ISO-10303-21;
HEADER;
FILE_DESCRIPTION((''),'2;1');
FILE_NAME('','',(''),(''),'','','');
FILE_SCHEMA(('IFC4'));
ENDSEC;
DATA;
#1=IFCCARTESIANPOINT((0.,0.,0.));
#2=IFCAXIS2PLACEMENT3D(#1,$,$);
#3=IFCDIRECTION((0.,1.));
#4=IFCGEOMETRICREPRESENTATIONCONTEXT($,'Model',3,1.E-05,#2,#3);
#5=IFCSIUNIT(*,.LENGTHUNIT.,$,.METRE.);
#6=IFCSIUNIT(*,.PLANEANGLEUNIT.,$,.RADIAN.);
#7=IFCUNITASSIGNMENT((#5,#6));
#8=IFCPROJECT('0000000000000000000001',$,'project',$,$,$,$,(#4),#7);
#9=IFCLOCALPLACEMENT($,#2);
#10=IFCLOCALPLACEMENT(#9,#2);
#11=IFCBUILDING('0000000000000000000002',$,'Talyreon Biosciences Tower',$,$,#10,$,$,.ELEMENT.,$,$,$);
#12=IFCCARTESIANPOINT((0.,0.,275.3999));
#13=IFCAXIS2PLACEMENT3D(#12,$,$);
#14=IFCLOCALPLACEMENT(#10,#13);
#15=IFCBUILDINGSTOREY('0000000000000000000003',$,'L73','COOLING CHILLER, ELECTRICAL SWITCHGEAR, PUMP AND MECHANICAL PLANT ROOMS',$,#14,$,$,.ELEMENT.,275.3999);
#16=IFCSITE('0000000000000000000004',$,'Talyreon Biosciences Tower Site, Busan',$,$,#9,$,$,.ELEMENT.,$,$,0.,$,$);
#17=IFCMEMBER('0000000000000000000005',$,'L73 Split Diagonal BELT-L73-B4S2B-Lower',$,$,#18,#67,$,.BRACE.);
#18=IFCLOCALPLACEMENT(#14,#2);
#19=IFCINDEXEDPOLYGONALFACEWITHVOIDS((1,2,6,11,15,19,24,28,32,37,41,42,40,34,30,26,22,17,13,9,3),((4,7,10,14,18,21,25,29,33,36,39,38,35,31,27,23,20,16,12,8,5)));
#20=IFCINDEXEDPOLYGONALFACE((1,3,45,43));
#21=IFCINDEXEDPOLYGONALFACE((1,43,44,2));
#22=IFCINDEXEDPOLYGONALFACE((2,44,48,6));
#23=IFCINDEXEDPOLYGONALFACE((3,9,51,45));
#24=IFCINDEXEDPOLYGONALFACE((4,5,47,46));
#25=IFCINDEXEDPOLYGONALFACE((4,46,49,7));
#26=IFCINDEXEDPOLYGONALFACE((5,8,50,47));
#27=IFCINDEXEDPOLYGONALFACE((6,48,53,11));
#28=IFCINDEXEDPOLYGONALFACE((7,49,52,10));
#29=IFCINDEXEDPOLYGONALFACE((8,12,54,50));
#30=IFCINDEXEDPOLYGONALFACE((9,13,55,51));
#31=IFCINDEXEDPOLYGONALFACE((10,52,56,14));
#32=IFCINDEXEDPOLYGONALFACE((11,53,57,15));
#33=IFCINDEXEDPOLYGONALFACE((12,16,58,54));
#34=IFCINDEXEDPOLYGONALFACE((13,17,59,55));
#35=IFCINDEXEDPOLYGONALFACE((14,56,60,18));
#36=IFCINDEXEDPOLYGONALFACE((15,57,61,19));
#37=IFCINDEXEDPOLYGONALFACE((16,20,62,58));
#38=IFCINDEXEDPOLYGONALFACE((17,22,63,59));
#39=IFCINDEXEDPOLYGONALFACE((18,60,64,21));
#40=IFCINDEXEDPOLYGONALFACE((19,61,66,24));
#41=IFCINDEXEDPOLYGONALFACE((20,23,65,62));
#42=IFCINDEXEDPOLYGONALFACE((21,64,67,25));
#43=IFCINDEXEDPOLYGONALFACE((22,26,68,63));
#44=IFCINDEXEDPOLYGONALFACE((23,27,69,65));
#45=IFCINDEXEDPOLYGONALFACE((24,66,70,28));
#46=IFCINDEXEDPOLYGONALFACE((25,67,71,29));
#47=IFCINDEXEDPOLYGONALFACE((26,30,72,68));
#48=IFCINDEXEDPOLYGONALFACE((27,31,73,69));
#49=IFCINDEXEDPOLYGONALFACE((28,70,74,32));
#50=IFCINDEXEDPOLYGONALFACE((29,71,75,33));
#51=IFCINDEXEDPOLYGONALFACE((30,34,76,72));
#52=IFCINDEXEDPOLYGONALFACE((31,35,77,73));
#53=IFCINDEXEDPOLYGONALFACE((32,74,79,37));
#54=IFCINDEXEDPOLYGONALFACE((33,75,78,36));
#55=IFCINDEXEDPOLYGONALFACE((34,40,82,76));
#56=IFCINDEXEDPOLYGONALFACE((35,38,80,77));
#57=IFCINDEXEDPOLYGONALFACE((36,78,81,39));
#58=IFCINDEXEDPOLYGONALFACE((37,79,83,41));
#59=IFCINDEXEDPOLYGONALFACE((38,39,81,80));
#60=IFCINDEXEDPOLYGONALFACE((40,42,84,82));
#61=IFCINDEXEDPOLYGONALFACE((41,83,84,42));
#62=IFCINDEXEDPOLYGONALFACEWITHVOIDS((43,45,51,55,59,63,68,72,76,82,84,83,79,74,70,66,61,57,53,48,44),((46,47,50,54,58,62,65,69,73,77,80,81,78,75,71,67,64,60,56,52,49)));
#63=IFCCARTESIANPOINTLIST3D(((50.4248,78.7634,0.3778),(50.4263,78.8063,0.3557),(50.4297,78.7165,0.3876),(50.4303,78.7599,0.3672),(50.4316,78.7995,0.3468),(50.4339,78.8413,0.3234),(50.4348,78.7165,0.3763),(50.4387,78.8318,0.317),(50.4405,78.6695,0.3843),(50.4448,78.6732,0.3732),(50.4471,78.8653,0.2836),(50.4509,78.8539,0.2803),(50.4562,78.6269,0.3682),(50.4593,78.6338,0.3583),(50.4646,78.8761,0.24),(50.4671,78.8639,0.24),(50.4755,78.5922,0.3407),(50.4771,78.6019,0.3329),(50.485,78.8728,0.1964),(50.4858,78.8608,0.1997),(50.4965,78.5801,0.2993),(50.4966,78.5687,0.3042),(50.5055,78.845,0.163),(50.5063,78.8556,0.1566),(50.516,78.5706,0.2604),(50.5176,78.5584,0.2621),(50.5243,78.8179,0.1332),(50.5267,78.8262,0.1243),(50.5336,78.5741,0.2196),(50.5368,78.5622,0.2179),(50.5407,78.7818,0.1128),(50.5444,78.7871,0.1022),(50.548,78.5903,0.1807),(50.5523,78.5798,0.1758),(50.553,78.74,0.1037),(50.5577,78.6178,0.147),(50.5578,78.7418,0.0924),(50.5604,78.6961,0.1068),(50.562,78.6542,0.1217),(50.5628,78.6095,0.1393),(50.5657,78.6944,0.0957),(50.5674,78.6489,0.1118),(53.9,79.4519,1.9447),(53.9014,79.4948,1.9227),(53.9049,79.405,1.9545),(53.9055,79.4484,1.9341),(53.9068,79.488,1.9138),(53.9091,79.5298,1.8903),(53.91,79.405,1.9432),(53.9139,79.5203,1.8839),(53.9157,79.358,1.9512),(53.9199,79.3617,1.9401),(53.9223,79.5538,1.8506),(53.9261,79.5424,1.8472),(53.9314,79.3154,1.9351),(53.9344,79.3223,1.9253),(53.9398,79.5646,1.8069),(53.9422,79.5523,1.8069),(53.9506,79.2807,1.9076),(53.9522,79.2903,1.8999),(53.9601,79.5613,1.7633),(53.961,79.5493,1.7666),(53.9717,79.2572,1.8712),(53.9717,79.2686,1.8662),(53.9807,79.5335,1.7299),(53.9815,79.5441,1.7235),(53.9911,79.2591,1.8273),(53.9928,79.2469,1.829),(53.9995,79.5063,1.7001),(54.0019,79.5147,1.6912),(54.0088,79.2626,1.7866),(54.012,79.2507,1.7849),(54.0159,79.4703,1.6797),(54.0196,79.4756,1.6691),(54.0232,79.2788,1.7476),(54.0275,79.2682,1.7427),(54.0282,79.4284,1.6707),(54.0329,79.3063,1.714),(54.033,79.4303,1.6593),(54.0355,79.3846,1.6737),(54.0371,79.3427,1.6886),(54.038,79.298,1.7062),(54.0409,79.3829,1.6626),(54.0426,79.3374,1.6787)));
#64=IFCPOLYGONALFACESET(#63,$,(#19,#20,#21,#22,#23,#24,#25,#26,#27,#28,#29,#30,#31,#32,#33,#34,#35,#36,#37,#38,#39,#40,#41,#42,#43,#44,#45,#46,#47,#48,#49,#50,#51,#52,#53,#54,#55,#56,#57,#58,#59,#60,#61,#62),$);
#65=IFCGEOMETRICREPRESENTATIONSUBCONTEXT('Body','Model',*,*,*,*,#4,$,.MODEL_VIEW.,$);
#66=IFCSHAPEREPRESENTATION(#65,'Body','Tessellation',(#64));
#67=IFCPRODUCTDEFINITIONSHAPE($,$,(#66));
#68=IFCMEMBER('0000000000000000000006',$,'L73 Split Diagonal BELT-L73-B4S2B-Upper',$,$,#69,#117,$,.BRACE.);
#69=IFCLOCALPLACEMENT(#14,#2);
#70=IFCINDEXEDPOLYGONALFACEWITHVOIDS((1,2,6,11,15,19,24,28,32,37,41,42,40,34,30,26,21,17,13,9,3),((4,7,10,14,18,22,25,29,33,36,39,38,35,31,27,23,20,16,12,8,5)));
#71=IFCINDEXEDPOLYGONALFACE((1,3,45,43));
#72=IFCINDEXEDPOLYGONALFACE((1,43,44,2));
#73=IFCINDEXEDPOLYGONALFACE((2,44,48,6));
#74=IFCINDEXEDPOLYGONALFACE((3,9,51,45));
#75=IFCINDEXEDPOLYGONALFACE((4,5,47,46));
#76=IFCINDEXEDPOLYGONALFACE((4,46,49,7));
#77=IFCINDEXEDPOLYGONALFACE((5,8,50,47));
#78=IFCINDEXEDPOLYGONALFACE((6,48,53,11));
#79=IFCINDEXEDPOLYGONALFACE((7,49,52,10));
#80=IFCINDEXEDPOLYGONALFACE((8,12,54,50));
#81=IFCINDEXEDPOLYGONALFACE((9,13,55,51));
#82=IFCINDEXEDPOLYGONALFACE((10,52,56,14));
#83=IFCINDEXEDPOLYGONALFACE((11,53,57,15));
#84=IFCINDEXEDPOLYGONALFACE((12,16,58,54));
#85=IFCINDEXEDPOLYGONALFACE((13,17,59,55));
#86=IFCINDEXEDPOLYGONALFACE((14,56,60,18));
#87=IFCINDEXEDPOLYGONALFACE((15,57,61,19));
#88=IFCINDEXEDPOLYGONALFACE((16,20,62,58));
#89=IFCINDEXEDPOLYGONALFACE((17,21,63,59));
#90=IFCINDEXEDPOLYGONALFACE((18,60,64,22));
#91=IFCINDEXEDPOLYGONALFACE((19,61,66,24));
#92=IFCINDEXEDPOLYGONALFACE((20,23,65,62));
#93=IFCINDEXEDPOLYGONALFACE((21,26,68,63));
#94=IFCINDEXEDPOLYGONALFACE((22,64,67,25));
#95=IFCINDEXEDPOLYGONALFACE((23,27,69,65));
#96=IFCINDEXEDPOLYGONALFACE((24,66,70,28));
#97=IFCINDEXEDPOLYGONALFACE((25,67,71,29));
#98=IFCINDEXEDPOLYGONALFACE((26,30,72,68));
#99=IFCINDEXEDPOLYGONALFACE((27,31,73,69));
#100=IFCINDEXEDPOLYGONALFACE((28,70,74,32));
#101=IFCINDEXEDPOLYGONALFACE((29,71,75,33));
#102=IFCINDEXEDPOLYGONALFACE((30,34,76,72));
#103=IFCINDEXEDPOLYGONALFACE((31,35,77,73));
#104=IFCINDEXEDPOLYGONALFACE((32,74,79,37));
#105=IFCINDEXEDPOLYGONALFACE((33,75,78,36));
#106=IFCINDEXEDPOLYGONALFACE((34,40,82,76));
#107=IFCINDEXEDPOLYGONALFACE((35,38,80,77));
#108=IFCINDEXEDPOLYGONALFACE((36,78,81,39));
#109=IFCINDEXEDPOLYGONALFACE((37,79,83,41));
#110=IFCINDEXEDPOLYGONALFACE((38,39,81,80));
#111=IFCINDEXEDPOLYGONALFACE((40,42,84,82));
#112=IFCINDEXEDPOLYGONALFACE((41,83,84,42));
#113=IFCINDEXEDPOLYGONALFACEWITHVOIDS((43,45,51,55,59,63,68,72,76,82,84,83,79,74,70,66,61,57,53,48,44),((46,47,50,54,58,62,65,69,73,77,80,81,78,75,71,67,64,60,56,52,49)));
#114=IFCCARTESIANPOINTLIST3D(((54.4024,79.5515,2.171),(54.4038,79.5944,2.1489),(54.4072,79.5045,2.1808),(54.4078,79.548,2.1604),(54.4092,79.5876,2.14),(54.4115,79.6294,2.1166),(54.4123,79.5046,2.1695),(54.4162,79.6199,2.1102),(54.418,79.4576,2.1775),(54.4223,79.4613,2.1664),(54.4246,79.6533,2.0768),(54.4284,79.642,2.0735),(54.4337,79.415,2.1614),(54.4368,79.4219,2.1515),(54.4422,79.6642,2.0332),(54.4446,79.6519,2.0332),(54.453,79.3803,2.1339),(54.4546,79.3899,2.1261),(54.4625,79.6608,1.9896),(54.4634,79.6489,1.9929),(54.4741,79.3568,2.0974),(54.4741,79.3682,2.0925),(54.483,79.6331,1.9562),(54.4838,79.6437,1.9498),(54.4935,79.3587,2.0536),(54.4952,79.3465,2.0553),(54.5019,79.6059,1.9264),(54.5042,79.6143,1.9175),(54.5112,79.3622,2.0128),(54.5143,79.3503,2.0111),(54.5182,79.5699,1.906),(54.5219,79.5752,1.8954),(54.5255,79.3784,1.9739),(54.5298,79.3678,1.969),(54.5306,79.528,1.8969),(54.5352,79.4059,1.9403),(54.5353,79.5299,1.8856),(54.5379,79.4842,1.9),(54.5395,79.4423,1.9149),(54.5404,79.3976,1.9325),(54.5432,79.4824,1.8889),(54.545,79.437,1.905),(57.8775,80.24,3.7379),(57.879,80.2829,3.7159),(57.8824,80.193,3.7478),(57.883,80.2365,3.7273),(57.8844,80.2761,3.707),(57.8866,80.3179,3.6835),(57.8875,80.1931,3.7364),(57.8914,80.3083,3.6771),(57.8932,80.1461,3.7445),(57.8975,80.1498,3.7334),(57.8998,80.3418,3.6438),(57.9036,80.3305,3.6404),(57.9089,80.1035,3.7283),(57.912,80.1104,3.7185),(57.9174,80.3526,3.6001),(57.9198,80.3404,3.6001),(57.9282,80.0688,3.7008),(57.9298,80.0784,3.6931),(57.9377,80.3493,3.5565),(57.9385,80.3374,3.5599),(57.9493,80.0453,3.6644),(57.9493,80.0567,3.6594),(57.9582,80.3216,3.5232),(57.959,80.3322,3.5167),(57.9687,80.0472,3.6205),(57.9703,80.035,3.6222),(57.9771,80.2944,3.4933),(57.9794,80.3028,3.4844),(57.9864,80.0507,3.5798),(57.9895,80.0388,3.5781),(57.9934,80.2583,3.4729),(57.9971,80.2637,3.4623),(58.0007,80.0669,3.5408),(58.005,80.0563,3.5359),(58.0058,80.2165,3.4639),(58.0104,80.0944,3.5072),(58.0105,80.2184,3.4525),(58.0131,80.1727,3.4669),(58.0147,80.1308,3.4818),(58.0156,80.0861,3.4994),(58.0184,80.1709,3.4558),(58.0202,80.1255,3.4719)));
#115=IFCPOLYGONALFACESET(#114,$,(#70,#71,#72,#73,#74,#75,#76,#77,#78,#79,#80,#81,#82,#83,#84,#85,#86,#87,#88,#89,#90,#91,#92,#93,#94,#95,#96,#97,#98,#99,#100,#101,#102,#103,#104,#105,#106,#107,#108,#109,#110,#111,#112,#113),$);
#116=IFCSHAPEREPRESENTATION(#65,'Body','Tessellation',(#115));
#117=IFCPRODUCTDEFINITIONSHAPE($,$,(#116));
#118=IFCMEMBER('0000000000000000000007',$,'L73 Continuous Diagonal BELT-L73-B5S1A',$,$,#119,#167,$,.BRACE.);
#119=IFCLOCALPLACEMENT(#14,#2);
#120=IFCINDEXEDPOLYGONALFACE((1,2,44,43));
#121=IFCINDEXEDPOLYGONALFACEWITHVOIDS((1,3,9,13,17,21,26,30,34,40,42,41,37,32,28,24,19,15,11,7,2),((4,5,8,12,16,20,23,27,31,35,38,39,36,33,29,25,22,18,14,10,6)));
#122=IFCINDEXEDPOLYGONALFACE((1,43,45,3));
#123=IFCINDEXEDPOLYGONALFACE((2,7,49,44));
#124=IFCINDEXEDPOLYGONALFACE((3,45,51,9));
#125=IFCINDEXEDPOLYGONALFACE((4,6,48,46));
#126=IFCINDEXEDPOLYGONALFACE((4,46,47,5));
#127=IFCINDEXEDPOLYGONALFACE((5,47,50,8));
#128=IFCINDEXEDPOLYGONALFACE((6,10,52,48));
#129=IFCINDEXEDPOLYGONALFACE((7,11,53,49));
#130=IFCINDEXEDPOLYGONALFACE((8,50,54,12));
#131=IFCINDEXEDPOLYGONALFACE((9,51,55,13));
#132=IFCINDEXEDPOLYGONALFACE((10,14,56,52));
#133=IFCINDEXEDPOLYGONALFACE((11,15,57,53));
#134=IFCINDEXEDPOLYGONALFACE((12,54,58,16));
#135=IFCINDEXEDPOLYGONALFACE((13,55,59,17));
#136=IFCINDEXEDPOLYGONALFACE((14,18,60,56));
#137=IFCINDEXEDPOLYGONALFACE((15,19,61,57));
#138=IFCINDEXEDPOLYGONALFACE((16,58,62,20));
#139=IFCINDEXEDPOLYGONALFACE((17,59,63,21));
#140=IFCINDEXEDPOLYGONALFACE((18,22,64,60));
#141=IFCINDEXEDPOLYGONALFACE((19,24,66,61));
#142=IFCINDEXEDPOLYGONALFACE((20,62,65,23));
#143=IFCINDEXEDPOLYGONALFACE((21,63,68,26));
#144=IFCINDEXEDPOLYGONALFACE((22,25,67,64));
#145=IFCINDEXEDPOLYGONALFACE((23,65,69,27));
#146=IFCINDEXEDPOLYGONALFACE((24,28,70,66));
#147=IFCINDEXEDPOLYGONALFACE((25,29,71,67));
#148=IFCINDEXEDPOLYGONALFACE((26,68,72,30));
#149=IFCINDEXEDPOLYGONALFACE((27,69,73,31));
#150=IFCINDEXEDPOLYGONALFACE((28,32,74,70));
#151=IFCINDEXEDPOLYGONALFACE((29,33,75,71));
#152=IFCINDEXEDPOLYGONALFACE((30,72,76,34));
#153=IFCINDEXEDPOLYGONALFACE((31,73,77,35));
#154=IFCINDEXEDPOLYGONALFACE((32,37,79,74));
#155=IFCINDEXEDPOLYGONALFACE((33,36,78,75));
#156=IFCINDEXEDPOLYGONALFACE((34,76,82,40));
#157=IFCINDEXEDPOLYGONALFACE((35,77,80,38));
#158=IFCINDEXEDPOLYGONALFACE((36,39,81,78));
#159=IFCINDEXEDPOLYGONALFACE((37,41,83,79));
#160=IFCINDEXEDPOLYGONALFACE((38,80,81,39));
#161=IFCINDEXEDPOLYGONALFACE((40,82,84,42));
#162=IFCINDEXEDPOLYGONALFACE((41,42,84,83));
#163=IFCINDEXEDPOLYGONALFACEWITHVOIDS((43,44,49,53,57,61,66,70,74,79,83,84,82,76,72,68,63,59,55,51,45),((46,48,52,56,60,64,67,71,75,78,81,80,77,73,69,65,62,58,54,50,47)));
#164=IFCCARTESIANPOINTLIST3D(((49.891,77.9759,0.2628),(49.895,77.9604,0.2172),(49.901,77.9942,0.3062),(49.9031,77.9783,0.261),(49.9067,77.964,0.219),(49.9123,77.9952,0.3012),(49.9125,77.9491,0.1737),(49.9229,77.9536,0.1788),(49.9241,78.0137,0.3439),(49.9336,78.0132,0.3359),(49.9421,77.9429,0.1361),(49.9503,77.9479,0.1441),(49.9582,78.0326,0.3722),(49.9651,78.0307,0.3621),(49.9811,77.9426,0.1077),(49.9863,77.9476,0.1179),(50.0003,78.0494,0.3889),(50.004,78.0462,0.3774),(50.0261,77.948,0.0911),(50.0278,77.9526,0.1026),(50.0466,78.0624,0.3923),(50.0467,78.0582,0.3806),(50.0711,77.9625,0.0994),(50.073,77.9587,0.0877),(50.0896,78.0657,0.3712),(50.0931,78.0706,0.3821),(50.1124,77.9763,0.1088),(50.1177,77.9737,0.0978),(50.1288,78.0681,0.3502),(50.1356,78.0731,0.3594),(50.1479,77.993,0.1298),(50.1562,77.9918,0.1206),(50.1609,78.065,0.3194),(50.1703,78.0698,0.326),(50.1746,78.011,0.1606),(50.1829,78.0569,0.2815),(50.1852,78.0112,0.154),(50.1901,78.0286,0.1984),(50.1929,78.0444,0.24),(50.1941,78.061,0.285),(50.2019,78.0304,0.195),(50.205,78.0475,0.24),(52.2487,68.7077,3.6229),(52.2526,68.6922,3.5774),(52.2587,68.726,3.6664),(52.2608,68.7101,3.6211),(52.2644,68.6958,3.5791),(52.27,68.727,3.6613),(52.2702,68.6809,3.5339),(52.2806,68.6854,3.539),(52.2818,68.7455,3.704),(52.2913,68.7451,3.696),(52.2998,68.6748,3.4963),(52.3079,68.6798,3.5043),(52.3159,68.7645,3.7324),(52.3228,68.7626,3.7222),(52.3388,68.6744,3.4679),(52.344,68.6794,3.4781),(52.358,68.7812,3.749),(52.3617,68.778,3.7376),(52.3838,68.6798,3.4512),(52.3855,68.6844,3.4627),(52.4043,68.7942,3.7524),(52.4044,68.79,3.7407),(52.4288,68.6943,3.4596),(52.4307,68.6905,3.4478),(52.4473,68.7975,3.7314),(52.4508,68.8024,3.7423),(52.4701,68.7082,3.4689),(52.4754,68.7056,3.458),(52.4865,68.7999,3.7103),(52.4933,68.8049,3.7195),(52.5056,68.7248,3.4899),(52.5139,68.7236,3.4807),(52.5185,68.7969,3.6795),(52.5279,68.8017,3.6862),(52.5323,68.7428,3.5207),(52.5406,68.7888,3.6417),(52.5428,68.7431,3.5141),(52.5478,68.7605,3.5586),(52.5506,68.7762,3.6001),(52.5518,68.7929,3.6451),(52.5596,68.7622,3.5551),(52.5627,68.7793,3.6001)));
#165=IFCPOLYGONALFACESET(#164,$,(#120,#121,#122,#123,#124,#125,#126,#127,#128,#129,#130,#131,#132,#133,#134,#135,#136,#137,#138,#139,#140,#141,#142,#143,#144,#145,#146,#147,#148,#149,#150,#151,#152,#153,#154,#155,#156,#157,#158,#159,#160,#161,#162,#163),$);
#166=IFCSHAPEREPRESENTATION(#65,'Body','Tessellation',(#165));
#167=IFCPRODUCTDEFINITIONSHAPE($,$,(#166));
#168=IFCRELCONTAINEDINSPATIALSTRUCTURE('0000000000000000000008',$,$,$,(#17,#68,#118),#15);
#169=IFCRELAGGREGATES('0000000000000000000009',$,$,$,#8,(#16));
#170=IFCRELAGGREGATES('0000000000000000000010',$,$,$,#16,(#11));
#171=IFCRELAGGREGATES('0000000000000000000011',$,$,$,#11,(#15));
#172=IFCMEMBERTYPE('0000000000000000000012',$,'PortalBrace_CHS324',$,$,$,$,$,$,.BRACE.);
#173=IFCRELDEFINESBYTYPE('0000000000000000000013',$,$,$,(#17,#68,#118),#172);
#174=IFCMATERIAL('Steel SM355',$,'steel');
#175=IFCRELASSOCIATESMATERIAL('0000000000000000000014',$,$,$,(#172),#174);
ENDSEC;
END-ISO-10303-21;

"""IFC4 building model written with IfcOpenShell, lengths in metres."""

from ifc_helpers import new_model, si_unit, direction, frame, origin, origin_2d, place, context, subcontext, project, spatial, hollow_circle, extrude, material, material_profile, profile_set, type_object, element, save


model = new_model("IFC4")

# Units and contexts
model_context = context("Model", 3, precision=1e-05, world=origin(), true_north=direction((0.0, 1.0)))
body_context = subcontext(model_context, "Body", "Model", "MODEL_VIEW")
ifc_project = project(units=[si_unit("LENGTHUNIT", "METRE"), si_unit("PLANEANGLEUNIT", "RADIAN")], contexts=[model_context])

# Site, building, storey
site_placement = place(None, origin())
site = spatial("IfcSite", under=ifc_project, at=site_placement, Name="Talyreon Biosciences Tower Site, Busan", CompositionType="ELEMENT", RefElevation=0.0)
building_placement = place(site_placement, origin())
building = spatial("IfcBuilding", under=site, at=building_placement, Name="Talyreon Biosciences Tower", CompositionType="ELEMENT")
storey_placement = place(building_placement, frame((0.0, 0.0, 275.3999)))
storey = spatial("IfcBuildingStorey", under=building, at=storey_placement, Name="L73", Description="COOLING CHILLER, ELECTRICAL SWITCHGEAR, PUMP AND MECHANICAL PLANT ROOMS", CompositionType="ELEMENT", Elevation=275.3999)

# Shared definitions
ifc_material_1 = material(Name="Steel SM355", Category="steel")

# Members
ifc_material_profile_1 = material_profile(ifc_material_1, hollow_circle(Radius=0.1619, WallThickness=0.0125, at=origin_2d()), Name="CHS 323.9x12.5")
ifc_profile_set_1 = profile_set([ifc_material_profile_1], Name="Steel SM355")
member_type_1 = type_object("IfcMemberType", Name="PortalBrace_CHS324", PredefinedType="BRACE", material=ifc_profile_set_1)
for number, where, z_axis, x_axis, name in (
    (1, (50.4961, 78.7173, 0.24), (0.897103, 0.177732, 0.404497), (-0.19434, 0.980934, 0.0), "L73 Split Diagonal BELT-L73-B4S2B-Lower"),
    (2, (54.4736, 79.5054, 2.0332), (0.897103, 0.177732, 0.404497), (-0.19434, 0.980934, 0.0), "L73 Split Diagonal BELT-L73-B4S2B-Upper"),
):
    element("IfcMember", number, at=place(storey_placement, frame(where, z_axis=z_axis, x_axis=x_axis)), inside=storey, type_object=member_type_1, Name=name, PredefinedType="BRACE", context=body_context, shape_type="SweptSolid", body=[
        extrude(hollow_circle(Radius=0.1619, WallThickness=0.0125, at=origin_2d()), origin(), (0.0, 0.0, 1.0), 3.8738),
    ])
member_1_placement = place(storey_placement, frame((50.0481, 78.0076, 0.24), z_axis=(0.232595, -0.914338, 0.33149), x_axis=(0.969134, 0.246534, 0.0)))
element("IfcMember", 3, at=member_1_placement, inside=storey, type_object=member_type_1, Name="L73 Continuous Diagonal BELT-L73-B5S1A", PredefinedType="BRACE", context=body_context, shape_type="SweptSolid", body=[
    extrude(hollow_circle(Radius=0.1619, WallThickness=0.0125, at=origin_2d()), origin(), (0.0, 0.0, 1.0), 10.1365),
])

save(model, "model.ifc")
